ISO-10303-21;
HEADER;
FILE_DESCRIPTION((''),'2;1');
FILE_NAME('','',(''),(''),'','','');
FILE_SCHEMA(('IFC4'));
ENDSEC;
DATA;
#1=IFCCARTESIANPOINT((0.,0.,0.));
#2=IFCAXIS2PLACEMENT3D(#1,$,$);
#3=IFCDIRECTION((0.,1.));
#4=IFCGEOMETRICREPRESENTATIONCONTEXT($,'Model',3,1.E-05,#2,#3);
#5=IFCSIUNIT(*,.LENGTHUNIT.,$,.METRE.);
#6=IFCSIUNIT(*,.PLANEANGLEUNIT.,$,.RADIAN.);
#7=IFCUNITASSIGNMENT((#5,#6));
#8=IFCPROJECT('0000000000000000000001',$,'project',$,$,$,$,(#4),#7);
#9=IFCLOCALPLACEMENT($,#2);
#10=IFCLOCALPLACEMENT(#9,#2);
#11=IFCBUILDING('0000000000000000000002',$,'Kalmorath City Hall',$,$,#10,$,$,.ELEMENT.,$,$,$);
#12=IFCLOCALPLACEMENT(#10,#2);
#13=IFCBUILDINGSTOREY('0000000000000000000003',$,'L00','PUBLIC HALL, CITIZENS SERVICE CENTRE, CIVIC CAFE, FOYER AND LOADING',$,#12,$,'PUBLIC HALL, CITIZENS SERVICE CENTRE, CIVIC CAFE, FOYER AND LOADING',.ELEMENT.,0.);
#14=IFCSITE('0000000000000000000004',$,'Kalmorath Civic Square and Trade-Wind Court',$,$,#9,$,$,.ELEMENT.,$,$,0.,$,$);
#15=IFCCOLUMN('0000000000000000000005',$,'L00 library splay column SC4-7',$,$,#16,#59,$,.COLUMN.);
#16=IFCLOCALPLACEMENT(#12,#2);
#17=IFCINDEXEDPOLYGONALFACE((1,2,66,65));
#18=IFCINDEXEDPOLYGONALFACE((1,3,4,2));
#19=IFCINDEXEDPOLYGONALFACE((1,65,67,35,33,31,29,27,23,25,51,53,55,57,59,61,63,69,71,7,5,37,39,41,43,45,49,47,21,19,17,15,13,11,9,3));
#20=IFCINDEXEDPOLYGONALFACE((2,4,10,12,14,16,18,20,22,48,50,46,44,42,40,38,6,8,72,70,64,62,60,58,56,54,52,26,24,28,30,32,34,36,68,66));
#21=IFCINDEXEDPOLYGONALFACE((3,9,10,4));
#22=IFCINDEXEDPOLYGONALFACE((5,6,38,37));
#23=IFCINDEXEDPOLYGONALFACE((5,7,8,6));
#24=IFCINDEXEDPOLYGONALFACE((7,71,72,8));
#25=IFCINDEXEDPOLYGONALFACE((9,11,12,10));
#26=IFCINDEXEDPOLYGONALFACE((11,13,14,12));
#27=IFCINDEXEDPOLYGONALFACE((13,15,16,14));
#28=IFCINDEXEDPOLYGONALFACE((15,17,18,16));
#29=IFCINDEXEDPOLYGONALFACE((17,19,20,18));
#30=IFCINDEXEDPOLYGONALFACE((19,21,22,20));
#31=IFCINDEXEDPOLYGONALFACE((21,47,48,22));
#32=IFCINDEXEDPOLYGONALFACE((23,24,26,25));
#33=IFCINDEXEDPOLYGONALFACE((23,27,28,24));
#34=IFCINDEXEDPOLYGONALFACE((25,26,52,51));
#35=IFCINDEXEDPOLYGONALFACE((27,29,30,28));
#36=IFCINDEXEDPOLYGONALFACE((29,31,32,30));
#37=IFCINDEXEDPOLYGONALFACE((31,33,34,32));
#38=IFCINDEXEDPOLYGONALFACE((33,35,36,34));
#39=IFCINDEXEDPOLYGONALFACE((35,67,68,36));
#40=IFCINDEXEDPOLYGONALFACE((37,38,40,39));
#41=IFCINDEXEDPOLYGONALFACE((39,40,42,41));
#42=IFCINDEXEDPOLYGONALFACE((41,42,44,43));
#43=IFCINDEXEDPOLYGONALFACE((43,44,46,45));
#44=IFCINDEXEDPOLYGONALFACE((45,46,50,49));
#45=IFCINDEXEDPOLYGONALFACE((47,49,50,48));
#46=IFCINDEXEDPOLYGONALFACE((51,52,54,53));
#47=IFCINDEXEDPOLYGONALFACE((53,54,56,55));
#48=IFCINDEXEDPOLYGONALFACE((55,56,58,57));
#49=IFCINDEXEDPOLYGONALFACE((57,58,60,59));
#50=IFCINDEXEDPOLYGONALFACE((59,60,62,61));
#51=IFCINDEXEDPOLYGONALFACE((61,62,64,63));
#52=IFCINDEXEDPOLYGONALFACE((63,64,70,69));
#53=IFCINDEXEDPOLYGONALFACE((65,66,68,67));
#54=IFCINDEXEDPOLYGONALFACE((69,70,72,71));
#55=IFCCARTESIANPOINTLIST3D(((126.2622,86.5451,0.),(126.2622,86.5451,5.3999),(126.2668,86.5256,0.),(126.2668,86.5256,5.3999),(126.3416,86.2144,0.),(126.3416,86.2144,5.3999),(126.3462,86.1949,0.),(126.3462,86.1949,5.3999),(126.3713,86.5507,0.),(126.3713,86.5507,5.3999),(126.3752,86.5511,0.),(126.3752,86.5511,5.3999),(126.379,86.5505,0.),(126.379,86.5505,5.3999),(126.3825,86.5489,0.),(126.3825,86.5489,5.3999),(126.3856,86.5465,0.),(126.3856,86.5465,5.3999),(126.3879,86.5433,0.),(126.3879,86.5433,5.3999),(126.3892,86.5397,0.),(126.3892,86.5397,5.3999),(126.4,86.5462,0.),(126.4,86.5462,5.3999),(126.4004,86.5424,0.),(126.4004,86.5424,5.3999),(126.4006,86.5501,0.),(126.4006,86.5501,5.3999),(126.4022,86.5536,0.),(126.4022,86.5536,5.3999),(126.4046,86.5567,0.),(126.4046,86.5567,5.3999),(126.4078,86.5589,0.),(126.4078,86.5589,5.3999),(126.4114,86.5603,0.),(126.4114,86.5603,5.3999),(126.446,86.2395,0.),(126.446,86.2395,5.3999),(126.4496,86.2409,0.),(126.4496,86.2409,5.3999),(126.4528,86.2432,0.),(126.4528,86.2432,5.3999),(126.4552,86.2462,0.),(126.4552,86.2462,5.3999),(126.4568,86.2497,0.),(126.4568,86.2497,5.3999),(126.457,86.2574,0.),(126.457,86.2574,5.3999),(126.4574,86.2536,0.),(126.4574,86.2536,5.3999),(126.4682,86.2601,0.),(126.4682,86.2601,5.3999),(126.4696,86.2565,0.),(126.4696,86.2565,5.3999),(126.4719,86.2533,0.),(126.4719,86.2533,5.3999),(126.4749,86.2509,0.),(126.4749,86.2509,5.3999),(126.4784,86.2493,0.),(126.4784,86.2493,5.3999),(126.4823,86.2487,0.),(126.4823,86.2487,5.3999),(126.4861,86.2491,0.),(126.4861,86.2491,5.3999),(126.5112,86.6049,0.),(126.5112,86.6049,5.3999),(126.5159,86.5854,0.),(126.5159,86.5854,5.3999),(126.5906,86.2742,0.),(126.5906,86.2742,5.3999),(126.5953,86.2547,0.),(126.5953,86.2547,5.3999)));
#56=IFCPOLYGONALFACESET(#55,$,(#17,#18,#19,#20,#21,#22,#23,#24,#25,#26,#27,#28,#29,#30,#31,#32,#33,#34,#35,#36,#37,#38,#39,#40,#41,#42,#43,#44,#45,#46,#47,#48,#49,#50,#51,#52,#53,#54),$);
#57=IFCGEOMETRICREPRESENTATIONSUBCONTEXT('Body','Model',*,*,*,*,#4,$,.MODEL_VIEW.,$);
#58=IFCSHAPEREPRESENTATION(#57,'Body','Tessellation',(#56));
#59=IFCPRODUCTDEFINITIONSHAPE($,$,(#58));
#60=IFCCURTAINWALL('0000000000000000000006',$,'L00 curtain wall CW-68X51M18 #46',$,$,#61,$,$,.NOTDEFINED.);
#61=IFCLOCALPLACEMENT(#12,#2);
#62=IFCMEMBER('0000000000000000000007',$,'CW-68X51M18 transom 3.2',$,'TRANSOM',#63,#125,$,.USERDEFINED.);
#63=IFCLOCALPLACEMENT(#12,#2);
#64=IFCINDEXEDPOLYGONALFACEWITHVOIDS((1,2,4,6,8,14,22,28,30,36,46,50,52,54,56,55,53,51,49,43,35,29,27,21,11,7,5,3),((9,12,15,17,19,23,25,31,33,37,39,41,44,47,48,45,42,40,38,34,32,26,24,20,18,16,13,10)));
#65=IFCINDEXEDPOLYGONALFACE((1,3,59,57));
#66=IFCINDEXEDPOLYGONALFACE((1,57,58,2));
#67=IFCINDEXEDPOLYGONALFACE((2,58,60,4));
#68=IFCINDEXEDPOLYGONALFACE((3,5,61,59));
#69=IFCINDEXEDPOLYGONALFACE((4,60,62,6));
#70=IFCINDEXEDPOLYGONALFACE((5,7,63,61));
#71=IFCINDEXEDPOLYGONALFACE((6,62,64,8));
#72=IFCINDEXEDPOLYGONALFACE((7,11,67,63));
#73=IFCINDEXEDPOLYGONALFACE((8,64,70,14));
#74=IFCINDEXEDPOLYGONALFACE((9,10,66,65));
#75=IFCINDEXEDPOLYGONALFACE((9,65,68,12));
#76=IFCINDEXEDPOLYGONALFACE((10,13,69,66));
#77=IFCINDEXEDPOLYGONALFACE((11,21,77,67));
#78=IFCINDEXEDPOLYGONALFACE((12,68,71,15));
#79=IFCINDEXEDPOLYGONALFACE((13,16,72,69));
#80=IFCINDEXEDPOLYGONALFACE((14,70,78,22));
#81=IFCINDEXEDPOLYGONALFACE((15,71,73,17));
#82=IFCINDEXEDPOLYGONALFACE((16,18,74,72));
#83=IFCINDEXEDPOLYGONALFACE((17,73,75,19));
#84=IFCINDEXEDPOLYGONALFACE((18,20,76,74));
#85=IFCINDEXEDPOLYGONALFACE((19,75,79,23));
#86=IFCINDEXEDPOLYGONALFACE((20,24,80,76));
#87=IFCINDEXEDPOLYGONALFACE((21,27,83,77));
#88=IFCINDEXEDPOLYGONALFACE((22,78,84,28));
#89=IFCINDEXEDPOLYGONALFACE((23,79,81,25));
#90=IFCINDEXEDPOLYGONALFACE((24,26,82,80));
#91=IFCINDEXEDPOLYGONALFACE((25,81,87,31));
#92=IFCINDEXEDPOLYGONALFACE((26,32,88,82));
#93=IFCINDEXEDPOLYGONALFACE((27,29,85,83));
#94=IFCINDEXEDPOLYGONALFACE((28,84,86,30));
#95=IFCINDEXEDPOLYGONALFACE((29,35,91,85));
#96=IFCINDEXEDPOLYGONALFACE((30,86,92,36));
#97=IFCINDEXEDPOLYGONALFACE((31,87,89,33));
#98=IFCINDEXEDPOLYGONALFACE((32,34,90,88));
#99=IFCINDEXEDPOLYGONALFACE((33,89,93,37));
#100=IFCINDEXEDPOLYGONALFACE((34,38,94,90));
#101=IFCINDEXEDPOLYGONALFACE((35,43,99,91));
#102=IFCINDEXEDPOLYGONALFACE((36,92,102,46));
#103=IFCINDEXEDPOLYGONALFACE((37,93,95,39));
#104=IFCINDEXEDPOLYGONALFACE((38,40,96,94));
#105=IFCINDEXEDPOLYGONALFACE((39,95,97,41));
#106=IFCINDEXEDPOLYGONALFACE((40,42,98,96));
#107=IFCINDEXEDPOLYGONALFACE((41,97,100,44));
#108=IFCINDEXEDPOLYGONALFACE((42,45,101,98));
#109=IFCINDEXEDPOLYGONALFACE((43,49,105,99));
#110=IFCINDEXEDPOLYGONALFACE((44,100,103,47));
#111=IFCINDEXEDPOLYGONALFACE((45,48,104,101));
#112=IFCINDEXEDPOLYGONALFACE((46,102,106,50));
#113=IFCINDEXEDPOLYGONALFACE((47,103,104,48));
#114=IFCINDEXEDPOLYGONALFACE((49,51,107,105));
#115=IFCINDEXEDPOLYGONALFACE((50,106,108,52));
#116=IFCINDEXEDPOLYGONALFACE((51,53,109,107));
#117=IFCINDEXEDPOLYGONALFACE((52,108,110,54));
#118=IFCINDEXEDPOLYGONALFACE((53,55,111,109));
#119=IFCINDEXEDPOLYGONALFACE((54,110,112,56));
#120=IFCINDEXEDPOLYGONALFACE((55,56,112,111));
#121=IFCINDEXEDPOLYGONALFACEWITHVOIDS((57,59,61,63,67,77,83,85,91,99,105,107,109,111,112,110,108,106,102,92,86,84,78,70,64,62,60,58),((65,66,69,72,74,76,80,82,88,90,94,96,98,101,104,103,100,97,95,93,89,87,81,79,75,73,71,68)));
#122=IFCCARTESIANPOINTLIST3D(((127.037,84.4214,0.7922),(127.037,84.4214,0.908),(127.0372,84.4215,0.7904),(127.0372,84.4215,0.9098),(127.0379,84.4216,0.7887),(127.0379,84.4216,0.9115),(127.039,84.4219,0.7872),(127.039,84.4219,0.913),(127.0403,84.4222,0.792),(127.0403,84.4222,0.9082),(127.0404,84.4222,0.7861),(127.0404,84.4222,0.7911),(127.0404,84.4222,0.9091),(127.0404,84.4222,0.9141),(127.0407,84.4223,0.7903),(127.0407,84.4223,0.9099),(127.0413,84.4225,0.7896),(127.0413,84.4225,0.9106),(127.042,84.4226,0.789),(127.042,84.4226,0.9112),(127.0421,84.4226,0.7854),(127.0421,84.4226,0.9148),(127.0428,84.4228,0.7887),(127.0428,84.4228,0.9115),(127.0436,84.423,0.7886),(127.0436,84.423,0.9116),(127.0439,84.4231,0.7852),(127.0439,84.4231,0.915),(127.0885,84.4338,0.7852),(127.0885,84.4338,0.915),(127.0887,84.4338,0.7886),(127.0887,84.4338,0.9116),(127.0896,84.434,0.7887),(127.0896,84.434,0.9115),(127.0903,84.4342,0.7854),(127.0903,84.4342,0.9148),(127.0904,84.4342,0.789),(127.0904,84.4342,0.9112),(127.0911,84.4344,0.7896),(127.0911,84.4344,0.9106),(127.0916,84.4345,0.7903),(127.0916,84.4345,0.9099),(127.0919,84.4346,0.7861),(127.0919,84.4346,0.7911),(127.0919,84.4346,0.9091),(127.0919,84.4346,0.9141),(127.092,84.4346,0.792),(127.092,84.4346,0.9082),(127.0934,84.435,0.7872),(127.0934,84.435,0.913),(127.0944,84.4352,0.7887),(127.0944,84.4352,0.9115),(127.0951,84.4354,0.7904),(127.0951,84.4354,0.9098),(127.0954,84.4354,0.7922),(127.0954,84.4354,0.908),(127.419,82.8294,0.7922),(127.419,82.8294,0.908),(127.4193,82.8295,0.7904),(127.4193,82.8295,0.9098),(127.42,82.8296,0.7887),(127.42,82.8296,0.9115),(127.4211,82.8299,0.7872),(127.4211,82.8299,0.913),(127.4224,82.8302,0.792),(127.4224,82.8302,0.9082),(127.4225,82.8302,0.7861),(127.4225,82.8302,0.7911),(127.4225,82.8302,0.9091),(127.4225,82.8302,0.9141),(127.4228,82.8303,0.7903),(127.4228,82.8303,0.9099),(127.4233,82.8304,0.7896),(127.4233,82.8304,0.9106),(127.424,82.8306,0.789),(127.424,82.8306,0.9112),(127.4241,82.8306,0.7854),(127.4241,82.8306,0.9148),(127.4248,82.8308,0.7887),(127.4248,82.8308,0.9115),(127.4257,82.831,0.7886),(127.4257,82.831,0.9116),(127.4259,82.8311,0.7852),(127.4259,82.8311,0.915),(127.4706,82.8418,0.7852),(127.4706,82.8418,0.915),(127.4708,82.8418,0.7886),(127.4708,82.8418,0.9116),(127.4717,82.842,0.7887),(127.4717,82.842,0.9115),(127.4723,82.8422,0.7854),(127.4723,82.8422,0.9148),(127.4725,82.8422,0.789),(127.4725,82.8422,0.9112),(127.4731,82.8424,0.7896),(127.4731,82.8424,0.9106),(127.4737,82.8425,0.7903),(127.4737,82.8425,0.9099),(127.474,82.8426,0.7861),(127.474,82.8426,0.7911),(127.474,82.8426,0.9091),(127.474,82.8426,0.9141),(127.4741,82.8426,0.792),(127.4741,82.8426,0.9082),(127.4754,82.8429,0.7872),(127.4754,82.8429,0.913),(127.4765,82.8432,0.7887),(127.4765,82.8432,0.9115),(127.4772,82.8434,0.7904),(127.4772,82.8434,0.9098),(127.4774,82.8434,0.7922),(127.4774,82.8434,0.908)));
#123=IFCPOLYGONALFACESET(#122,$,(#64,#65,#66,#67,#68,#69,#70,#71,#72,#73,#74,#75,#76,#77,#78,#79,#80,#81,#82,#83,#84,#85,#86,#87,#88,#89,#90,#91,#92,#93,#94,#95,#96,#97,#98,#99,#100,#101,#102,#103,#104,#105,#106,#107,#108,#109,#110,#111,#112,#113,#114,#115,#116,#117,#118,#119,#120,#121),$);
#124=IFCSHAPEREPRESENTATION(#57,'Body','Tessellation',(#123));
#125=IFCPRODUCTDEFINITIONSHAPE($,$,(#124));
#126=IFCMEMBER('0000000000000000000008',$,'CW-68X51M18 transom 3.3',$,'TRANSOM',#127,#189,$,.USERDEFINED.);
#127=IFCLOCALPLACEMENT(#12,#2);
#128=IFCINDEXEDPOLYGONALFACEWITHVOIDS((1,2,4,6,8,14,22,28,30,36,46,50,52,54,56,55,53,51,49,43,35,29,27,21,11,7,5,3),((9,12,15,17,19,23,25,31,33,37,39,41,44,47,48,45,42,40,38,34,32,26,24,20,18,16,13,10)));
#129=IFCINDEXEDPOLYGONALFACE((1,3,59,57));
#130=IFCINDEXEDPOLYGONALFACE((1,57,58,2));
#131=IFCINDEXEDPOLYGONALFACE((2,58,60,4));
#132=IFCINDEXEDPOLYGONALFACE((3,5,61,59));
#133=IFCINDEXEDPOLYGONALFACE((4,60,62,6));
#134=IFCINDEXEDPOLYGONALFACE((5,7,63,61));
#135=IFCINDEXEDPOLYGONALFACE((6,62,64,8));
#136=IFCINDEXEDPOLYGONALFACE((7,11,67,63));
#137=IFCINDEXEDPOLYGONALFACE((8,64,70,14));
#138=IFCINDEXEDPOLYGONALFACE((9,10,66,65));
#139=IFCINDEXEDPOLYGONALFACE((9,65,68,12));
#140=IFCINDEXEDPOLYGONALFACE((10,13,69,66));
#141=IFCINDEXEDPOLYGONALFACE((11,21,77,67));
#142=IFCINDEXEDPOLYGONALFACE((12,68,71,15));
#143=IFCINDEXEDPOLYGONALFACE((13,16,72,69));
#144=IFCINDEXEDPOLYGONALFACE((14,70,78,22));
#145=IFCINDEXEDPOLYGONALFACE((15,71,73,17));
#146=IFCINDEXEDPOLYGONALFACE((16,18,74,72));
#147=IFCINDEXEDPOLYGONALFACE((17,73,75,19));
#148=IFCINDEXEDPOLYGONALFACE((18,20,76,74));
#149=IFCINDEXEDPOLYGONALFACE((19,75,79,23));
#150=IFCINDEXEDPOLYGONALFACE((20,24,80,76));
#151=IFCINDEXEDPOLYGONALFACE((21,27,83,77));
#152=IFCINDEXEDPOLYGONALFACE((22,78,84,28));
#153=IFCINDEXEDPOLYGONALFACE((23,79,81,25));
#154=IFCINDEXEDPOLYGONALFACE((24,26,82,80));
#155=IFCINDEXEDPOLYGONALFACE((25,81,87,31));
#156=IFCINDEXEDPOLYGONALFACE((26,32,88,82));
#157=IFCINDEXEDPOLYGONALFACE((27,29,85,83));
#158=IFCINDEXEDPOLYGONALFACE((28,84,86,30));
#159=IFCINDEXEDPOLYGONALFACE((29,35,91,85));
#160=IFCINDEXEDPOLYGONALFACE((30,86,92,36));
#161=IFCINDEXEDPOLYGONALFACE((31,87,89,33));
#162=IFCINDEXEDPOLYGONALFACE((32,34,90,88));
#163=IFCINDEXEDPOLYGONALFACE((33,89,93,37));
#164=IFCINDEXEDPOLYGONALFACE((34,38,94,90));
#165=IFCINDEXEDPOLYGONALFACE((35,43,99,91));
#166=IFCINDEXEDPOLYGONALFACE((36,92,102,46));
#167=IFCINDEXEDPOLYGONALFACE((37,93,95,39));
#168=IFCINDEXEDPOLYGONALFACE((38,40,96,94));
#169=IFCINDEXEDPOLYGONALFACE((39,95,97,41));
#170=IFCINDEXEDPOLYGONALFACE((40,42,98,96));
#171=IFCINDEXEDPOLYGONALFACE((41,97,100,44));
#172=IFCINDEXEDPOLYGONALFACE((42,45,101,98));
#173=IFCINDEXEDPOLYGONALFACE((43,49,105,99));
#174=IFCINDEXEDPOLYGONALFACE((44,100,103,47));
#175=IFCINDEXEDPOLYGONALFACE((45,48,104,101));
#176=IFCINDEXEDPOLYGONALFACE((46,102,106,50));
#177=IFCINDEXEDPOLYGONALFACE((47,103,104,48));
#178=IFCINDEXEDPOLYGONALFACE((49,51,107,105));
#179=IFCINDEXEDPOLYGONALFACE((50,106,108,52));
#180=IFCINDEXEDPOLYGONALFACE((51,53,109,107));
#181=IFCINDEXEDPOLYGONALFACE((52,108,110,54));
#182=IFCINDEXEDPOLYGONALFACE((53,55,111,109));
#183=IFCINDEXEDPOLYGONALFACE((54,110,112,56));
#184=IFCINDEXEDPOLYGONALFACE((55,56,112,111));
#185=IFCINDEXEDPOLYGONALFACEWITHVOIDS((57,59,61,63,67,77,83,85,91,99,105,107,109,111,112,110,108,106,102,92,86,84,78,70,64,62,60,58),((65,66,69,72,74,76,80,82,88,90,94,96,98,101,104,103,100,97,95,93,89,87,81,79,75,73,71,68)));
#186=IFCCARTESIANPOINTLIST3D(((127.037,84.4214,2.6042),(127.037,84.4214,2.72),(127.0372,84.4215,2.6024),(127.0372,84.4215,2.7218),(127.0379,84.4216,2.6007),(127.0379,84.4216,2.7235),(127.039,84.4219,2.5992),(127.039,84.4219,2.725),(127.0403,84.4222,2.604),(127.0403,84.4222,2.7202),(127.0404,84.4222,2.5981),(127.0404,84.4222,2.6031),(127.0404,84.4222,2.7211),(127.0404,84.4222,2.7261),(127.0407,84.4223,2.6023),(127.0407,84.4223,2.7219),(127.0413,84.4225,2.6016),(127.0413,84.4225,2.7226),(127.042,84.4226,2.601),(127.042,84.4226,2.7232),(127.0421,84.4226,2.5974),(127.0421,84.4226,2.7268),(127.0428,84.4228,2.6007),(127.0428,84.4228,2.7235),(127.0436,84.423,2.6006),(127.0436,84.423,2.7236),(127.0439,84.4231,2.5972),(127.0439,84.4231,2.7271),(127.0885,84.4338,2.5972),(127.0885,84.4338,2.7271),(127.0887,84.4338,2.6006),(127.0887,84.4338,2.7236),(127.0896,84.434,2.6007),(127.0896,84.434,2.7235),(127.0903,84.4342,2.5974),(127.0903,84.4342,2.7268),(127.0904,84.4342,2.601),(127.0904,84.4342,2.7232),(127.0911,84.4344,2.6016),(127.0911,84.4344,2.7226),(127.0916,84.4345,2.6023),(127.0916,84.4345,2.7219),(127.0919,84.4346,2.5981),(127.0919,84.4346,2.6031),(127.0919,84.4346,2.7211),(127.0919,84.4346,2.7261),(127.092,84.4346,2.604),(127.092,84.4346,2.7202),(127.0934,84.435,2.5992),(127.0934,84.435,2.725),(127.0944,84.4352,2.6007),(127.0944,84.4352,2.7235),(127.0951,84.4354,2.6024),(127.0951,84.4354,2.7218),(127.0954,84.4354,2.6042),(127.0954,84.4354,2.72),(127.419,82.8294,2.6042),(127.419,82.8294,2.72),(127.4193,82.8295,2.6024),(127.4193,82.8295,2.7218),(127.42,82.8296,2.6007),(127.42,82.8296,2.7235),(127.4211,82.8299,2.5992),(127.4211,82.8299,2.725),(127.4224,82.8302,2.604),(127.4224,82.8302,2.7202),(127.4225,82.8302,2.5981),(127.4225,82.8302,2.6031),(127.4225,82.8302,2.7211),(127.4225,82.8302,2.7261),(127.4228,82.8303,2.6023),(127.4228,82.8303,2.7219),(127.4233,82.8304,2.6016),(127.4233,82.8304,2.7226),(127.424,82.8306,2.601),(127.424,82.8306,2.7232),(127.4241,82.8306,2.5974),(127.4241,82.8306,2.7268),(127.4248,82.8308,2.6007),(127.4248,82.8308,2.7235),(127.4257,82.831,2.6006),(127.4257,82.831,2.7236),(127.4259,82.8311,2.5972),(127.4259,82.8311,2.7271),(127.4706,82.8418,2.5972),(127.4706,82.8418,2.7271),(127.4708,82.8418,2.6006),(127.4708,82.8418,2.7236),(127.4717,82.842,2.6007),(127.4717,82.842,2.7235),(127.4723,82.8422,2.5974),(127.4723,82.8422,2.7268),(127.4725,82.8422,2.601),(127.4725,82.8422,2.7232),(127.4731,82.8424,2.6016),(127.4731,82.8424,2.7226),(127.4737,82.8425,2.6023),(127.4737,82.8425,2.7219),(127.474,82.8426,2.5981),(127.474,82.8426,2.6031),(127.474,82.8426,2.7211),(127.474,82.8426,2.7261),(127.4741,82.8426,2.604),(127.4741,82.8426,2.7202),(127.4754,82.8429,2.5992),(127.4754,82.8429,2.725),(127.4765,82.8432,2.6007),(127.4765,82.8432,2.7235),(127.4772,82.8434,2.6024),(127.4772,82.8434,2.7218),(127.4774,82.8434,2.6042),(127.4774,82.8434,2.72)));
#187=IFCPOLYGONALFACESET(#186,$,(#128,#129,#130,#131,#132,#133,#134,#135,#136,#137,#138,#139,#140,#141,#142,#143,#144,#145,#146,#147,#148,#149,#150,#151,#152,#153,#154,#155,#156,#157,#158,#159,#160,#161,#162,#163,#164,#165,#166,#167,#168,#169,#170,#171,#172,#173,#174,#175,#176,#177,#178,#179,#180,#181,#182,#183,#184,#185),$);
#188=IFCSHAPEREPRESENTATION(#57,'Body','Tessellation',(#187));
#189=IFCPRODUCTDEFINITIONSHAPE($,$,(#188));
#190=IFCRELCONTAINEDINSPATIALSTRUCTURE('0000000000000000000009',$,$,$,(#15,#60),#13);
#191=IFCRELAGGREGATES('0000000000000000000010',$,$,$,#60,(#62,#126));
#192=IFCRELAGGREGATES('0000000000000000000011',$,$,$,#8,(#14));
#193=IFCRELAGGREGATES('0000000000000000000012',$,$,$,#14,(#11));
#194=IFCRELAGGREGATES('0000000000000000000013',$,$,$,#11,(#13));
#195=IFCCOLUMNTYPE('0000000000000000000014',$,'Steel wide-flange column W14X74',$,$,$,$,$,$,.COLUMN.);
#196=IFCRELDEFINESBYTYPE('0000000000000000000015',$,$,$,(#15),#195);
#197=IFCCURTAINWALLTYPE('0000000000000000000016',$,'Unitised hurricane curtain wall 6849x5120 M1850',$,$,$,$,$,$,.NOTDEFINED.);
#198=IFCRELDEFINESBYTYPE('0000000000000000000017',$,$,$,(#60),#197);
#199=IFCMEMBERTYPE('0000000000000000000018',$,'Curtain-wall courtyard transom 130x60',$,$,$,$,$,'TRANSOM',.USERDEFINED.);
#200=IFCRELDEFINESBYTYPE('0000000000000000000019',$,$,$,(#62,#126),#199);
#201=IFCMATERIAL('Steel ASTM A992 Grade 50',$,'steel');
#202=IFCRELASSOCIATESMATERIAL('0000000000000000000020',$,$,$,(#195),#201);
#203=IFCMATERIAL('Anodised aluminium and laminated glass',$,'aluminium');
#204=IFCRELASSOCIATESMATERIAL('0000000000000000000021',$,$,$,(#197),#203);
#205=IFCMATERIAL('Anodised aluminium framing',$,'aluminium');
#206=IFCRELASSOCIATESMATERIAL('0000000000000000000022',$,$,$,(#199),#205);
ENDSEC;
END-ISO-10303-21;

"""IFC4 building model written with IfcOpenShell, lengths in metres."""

from ifc_helpers import new_model, si_unit, direction, frame, origin, origin_2d, place, context, subcontext, project, spatial, hollow_rectangle, i_section, extrude, material, material_profile, profile_set, type_object, element, aggregate, save


model = new_model("IFC4")

# Units and contexts
model_context = context("Model", 3, precision=1e-05, world=origin(), true_north=direction((0.0, 1.0)))
body_context = subcontext(model_context, "Body", "Model", "MODEL_VIEW")
ifc_project = project(units=[si_unit("LENGTHUNIT", "METRE"), si_unit("PLANEANGLEUNIT", "RADIAN")], contexts=[model_context])

# Site, building, storey
site_placement = place(None, origin())
site = spatial("IfcSite", under=ifc_project, at=site_placement, Name="Kalmorath Civic Square and Trade-Wind Court", CompositionType="ELEMENT", RefElevation=0.0)
building_placement = place(site_placement, origin())
building = spatial("IfcBuilding", under=site, at=building_placement, Name="Kalmorath City Hall", CompositionType="ELEMENT")
storey_placement = place(building_placement, origin())
storey = spatial("IfcBuildingStorey", under=building, at=storey_placement, Name="L00", Description="PUBLIC HALL, CITIZENS SERVICE CENTRE, CIVIC CAFE, FOYER AND LOADING", LongName="PUBLIC HALL, CITIZENS SERVICE CENTRE, CIVIC CAFE, FOYER AND LOADING", CompositionType="ELEMENT", Elevation=0.0)

# Column
ifc_material_1 = material(Name="Steel ASTM A992 Grade 50", Category="steel")
ifc_material_profile_1 = material_profile(ifc_material_1, i_section(OverallWidth=0.2561, OverallDepth=0.3601, WebThickness=0.0115, FlangeThickness=0.02, FilletRadius=0.0149, at=origin_2d()), Name="W14X74")
ifc_profile_set_1 = profile_set([ifc_material_profile_1], Name="Steel ASTM A992 Grade 50")
column_type = type_object("IfcColumnType", Name="Steel wide-flange column W14X74", PredefinedType="COLUMN", material=ifc_profile_set_1)
column_placement = place(storey_placement, frame((126.4287, 86.3999, 0.0), z_axis=(0.0, 0.0, 1.0), x_axis=(0.97237, 0.233445, 0.0)))
element("IfcColumn", 1, at=column_placement, inside=storey, type_object=column_type, Name="L00 library splay column SC4-7", PredefinedType="COLUMN", context=body_context, shape_type="SweptSolid", body=[
    extrude(i_section(OverallWidth=0.2561, OverallDepth=0.3601, WebThickness=0.0115, FlangeThickness=0.02, FilletRadius=0.0149, at=origin_2d()), origin(), (0.0, 0.0, 1.0), 5.3999),
])

# Curtain wall, members
ifc_material_2 = material(Name="Anodised aluminium and laminated glass", Category="aluminium")
curtain_wall_type_1 = type_object("IfcCurtainWallType", Name="Unitised hurricane curtain wall 6849x5120 M1850", PredefinedType="NOTDEFINED", material=ifc_material_2)
curtain_wall_1_placement = place(storey_placement, origin())
curtain_wall_1 = element("IfcCurtainWall", 2, at=curtain_wall_1_placement, inside=storey, type_object=curtain_wall_type_1, Name="L00 curtain wall CW-68X51M18 #46", PredefinedType="NOTDEFINED")
ifc_material_3 = material(Name="Anodised aluminium framing", Category="aluminium")
ifc_material_profile_2 = material_profile(ifc_material_3, hollow_rectangle(XDim=0.0601, YDim=0.1299, WallThickness=0.0034, InnerFilletRadius=0.0034, OuterFilletRadius=0.0071, at=origin_2d()), Name="ALU-TRN-130X60X3.5")
ifc_profile_set_2 = profile_set([ifc_material_profile_2], Name="Anodised aluminium framing")
member_type_1 = type_object("IfcMemberType", Name="Curtain-wall courtyard transom 130x60", ElementType="TRANSOM", PredefinedType="USERDEFINED", material=ifc_profile_set_2)
member_1_placement = place(storey_placement, frame((127.4482, 82.8364, 0.8501), z_axis=(-0.233367, 0.972389, 0.0), x_axis=(-0.972389, -0.233367, 0.0)))
member_1 = element("IfcMember", 3, at=member_1_placement, type_object=member_type_1, Name="CW-68X51M18 transom 3.2", ObjectType="TRANSOM", PredefinedType="USERDEFINED", context=body_context, shape_type="SweptSolid", body=[
    extrude(hollow_rectangle(XDim=0.0601, YDim=0.1299, WallThickness=0.0034, InnerFilletRadius=0.0034, OuterFilletRadius=0.0071, at=origin_2d()), origin(), (0.0, 0.0, 1.0), 1.6372),
])
member_2_placement = place(storey_placement, frame((127.4482, 82.8364, 2.6621), z_axis=(-0.233367, 0.972389, 0.0), x_axis=(-0.972389, -0.233367, 0.0)))
member_2 = element("IfcMember", 4, at=member_2_placement, type_object=member_type_1, Name="CW-68X51M18 transom 3.3", ObjectType="TRANSOM", PredefinedType="USERDEFINED", context=body_context, shape_type="SweptSolid", body=[
    extrude(hollow_rectangle(XDim=0.0601, YDim=0.1299, WallThickness=0.0034, InnerFilletRadius=0.0034, OuterFilletRadius=0.0071, at=origin_2d()), origin(), (0.0, 0.0, 1.0), 1.6372),
])

aggregate(curtain_wall_1, [member_1, member_2])

save(model, "model.ifc")
